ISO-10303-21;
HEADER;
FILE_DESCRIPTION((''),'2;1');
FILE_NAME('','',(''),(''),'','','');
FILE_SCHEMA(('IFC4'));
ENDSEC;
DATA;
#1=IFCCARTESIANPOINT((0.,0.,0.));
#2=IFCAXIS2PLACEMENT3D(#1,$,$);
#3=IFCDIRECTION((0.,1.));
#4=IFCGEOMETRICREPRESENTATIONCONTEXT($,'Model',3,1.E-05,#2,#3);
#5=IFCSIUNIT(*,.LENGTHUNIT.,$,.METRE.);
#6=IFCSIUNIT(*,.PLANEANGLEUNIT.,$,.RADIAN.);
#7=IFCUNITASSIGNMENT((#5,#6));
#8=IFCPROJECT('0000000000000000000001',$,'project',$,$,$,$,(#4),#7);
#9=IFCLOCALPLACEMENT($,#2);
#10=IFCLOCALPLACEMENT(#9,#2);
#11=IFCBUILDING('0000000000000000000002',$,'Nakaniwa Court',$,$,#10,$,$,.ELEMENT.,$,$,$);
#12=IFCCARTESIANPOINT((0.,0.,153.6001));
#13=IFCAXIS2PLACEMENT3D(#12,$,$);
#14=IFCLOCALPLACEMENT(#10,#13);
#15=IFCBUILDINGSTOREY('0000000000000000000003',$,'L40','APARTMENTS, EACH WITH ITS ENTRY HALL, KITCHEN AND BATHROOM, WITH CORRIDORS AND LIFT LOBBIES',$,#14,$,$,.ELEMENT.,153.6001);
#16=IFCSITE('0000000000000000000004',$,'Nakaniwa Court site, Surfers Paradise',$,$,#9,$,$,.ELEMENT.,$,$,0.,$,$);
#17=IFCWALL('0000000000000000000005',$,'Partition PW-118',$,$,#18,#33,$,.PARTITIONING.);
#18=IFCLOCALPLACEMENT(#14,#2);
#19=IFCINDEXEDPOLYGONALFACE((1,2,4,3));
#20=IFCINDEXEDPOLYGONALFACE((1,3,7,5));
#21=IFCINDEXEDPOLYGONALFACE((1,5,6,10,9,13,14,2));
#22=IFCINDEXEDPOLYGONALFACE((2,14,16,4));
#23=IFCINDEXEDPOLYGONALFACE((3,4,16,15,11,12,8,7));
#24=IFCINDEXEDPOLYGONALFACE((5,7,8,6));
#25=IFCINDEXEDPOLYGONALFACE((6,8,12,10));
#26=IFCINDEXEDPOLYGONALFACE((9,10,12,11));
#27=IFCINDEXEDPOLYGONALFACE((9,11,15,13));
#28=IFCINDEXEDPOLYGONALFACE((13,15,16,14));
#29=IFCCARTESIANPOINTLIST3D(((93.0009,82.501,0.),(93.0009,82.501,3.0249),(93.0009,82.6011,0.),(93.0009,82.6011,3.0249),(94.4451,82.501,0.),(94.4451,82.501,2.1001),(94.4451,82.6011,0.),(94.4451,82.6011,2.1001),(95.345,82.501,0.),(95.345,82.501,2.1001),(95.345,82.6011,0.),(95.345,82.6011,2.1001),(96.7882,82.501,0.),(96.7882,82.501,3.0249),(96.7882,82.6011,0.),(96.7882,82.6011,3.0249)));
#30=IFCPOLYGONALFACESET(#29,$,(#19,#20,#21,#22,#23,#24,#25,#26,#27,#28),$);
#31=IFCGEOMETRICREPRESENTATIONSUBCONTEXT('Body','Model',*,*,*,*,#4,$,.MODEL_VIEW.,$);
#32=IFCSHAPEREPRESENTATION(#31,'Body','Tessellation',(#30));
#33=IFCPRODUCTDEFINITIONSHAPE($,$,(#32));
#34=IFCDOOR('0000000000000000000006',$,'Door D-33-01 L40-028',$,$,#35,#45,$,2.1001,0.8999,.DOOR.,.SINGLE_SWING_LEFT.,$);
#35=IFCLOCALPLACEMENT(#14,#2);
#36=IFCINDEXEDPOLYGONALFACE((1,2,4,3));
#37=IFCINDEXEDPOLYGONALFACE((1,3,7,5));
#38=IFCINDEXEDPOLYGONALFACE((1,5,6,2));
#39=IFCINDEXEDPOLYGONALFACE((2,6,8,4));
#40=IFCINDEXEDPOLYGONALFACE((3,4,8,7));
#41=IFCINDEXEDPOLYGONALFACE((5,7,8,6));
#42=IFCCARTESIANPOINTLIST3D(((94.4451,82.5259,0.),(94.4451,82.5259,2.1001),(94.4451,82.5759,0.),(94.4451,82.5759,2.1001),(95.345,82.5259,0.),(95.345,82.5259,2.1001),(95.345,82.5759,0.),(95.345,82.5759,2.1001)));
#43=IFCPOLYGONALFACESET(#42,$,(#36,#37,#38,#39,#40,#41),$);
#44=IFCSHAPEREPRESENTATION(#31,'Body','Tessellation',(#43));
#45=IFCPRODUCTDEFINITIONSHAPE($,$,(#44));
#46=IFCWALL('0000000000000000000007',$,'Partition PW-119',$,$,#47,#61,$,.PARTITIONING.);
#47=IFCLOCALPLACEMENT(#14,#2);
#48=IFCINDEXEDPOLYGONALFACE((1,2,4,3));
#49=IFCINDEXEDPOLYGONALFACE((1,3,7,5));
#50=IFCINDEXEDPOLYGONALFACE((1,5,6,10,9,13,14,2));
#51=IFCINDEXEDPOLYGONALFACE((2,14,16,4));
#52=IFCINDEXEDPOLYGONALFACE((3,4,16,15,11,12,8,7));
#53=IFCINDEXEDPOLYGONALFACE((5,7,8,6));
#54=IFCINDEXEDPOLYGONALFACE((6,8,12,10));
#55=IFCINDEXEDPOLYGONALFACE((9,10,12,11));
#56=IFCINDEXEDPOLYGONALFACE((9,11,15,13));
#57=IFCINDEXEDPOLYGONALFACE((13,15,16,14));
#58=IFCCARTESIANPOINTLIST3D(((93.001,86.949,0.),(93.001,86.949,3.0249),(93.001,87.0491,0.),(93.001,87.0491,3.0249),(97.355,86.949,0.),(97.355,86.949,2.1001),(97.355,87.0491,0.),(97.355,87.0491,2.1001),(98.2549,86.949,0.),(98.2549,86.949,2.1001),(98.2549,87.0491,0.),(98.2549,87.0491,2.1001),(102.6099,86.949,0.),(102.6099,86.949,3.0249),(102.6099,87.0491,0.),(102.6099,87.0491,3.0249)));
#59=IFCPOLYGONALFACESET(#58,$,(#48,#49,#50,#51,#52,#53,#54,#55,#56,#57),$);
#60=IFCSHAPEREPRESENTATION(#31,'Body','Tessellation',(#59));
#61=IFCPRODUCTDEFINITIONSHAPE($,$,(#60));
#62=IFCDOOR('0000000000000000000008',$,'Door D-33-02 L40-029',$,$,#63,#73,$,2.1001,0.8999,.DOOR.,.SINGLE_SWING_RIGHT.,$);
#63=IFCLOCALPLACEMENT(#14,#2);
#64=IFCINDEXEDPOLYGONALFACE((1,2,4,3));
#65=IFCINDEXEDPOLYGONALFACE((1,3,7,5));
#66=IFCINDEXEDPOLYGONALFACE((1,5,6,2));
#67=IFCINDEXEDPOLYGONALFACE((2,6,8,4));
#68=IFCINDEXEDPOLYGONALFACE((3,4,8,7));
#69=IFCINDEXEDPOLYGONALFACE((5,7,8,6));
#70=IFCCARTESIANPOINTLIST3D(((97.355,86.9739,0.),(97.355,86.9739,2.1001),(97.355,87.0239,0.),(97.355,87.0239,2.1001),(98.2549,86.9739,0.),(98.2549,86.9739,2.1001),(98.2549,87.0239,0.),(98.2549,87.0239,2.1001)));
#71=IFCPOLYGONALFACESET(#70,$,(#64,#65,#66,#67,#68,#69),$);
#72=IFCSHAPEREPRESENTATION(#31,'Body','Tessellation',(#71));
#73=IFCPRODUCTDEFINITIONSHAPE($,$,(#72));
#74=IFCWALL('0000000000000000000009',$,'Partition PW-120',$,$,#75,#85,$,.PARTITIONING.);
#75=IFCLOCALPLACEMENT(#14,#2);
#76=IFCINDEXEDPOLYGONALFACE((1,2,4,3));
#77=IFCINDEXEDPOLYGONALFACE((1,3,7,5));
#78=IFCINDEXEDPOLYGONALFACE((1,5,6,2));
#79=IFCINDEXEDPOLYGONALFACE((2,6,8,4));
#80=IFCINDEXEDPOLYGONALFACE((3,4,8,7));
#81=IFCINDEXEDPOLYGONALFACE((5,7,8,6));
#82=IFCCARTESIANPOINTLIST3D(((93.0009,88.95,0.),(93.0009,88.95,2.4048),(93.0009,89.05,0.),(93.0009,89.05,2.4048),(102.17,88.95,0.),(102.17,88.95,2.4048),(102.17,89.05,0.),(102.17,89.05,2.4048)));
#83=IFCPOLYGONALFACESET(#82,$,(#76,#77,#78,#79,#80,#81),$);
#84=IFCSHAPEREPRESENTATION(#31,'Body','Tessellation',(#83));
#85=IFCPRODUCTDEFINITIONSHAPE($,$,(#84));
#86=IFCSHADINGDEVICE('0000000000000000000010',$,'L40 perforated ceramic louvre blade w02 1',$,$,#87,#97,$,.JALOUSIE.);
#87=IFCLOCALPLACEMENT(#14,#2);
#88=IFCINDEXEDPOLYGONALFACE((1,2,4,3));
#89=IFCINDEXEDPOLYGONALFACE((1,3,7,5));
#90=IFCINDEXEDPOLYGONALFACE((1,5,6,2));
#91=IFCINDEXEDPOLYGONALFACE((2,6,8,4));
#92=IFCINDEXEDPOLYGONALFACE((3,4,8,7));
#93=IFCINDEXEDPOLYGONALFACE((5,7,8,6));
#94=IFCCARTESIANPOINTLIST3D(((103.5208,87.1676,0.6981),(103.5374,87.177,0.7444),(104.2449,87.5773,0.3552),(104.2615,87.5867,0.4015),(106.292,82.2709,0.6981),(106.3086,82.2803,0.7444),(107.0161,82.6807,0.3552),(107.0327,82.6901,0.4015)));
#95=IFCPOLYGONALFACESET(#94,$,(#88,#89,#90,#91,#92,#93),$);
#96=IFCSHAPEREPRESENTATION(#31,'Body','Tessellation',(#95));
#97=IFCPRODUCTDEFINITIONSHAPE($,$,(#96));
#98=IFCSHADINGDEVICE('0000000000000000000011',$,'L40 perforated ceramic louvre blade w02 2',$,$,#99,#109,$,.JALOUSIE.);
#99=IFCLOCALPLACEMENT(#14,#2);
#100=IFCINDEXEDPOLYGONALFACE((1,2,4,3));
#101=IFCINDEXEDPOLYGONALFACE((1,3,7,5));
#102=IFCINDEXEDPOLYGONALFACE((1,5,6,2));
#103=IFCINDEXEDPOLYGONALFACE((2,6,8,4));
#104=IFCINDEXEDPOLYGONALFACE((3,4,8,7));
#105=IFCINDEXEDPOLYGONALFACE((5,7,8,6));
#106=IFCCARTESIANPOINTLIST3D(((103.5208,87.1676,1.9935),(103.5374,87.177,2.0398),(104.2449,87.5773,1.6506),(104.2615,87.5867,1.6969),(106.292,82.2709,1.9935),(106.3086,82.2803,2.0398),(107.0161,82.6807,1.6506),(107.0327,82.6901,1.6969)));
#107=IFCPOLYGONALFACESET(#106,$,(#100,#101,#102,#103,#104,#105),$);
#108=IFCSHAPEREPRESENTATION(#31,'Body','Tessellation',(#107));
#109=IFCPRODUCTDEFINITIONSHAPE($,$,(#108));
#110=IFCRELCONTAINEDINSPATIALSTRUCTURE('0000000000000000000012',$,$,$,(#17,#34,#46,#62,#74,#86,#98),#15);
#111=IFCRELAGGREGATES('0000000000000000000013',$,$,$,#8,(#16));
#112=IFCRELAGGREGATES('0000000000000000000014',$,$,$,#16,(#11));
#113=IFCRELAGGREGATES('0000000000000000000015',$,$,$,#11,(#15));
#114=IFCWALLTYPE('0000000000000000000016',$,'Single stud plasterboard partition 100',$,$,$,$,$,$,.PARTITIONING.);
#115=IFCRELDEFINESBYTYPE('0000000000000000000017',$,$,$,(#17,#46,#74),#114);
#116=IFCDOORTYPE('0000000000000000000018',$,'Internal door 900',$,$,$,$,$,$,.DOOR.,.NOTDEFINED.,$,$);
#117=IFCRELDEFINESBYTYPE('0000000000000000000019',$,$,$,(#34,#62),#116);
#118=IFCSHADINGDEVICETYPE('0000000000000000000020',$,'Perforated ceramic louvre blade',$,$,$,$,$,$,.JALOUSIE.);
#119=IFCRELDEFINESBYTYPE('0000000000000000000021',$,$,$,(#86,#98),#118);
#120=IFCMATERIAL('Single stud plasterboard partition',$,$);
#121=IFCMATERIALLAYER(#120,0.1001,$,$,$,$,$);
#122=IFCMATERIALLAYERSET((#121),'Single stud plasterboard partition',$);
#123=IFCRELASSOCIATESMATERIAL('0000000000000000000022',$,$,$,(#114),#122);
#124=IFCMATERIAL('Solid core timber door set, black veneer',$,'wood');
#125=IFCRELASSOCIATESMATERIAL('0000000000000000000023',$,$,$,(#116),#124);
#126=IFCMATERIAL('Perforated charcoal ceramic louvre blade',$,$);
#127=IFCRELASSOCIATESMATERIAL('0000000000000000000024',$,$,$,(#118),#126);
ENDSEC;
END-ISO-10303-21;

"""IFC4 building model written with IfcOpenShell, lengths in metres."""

from ifc_helpers import new_model, si_unit, direction, frame, frame_2d, origin, origin_2d, place, context, subcontext, project, spatial, rectangle, extrude, material, layer, layer_set, material_profile, profile_set, type_object, element, fill, save


model = new_model("IFC4")

# Units and contexts
model_context = context("Model", 3, precision=1e-05, world=origin(), true_north=direction((0.0, 1.0)))
body_context = subcontext(model_context, "Body", "Model", "MODEL_VIEW")
ifc_project = project(units=[si_unit("LENGTHUNIT", "METRE"), si_unit("PLANEANGLEUNIT", "RADIAN")], contexts=[model_context])

# Site, building, storey
site_placement = place(None, origin())
site = spatial("IfcSite", under=ifc_project, at=site_placement, Name="Nakaniwa Court site, Surfers Paradise", CompositionType="ELEMENT", RefElevation=0.0)
building_placement = place(site_placement, origin())
building = spatial("IfcBuilding", under=site, at=building_placement, Name="Nakaniwa Court", CompositionType="ELEMENT")
storey_placement = place(building_placement, frame((0.0, 0.0, 153.6001)))
storey = spatial("IfcBuildingStorey", under=building, at=storey_placement, Name="L40", Description="APARTMENTS, EACH WITH ITS ENTRY HALL, KITCHEN AND BATHROOM, WITH CORRIDORS AND LIFT LOBBIES", CompositionType="ELEMENT", Elevation=153.6001)

# Shared definitions
ifc_material_1 = material(Name="Solid core timber door set, black veneer", Category="wood")

# Walls, openings, doors
ifc_material_2 = material(Name="Single stud plasterboard partition")
ifc_layer_1 = layer(ifc_material_2, 0.1001)
ifc_layer_set_1 = layer_set([ifc_layer_1], Name="Single stud plasterboard partition")
wall_type_1 = type_object("IfcWallType", Name="Single stud plasterboard partition 100", PredefinedType="PARTITIONING", material=ifc_layer_set_1)
wall_1_placement = place(storey_placement, frame((93.001, 82.551, 0.0), z_axis=(0.0, 0.0, 1.0), x_axis=(1.0, 0.0, 0.0)))
wall_1 = element("IfcWall", 1, at=wall_1_placement, inside=storey, type_object=wall_type_1, Name="Partition PW-118", PredefinedType="PARTITIONING", context=body_context, shape_type="SweptSolid", body=[
    extrude(rectangle(XDim=3.7874, YDim=0.1001, at=frame_2d((1.8936, 0.0))), origin(), (0.0, 0.0, 1.0), 3.0249),
])
opening_1_placement = place(wall_1_placement, frame((1.4441, 0.0, 0.0)))
opening_1 = element("IfcOpeningElement", 2, at=opening_1_placement, cuts=wall_1, PredefinedType="OPENING", context=body_context, shape_type="SweptSolid", body=[
    extrude(rectangle(XDim=0.8999, YDim=2.1001, at=frame_2d((0.45, 1.05))), frame((0.0, 0.0601, 0.0), z_axis=(0.0, -1.0, 0.0), x_axis=(1.0, 0.0, 0.0)), (0.0, 0.0, 1.0), 0.1201),
])
door_type_1 = type_object("IfcDoorType", Name="Internal door 900", OperationType="NOTDEFINED", PredefinedType="DOOR", material=ifc_material_1)
door_1_placement = place(opening_1_placement, origin())
door_1 = element("IfcDoor", 3, at=door_1_placement, inside=storey, type_object=door_type_1, Name="Door D-33-01 L40-028", OperationType="SINGLE_SWING_LEFT", OverallHeight=2.1001, OverallWidth=0.8999, PredefinedType="DOOR", context=body_context, shape_type="SweptSolid", body=[
    extrude(rectangle(XDim=0.8999, YDim=2.1001, at=frame_2d((0.45, 1.05))), frame((0.0, 0.0249, 0.0), z_axis=(0.0, -1.0, 0.0), x_axis=(1.0, 0.0, 0.0)), (0.0, 0.0, 1.0), 0.05),
])
fill(opening_1, door_1)
wall_2_placement = place(storey_placement, frame((93.001, 86.999, 0.0), z_axis=(0.0, 0.0, 1.0), x_axis=(1.0, 0.0, 0.0)))
wall_2 = element("IfcWall", 4, at=wall_2_placement, inside=storey, type_object=wall_type_1, Name="Partition PW-119", PredefinedType="PARTITIONING", context=body_context, shape_type="SweptSolid", body=[
    extrude(rectangle(XDim=9.6089, YDim=0.1001, at=frame_2d((4.8044, 0.0))), origin(), (0.0, 0.0, 1.0), 3.0249),
])
opening_2_placement = place(wall_2_placement, frame((4.354, 0.0, 0.0)))
opening_2 = element("IfcOpeningElement", 5, at=opening_2_placement, cuts=wall_2, PredefinedType="OPENING", context=body_context, shape_type="SweptSolid", body=[
    extrude(rectangle(XDim=0.8999, YDim=2.1001, at=frame_2d((0.45, 1.05))), frame((0.0, 0.0601, 0.0), z_axis=(0.0, -1.0, 0.0), x_axis=(1.0, 0.0, 0.0)), (0.0, 0.0, 1.0), 0.1201),
])
door_2_placement = place(opening_2_placement, origin())
door_2 = element("IfcDoor", 6, at=door_2_placement, inside=storey, type_object=door_type_1, Name="Door D-33-02 L40-029", OperationType="SINGLE_SWING_RIGHT", OverallHeight=2.1001, OverallWidth=0.8999, PredefinedType="DOOR", context=body_context, shape_type="SweptSolid", body=[
    extrude(rectangle(XDim=0.8999, YDim=2.1001, at=frame_2d((0.45, 1.05))), frame((0.0, 0.0249, 0.0), z_axis=(0.0, -1.0, 0.0), x_axis=(1.0, 0.0, 0.0)), (0.0, 0.0, 1.0), 0.05),
])
fill(opening_2, door_2)

# Wall
wall_3_placement = place(storey_placement, frame((93.001, 89.0, 0.0), z_axis=(0.0, 0.0, 1.0), x_axis=(1.0, 0.0, 0.0)))
element("IfcWall", 7, at=wall_3_placement, inside=storey, type_object=wall_type_1, Name="Partition PW-120", PredefinedType="PARTITIONING", context=body_context, shape_type="SweptSolid", body=[
    extrude(rectangle(XDim=9.1692, YDim=0.1001, at=frame_2d((4.5845, 0.0))), origin(), (0.0, 0.0, 1.0), 2.4048),
])

# Shading devices
ifc_material_3 = material(Name="Perforated charcoal ceramic louvre blade")
ifc_material_profile_1 = material_profile(ifc_material_3, rectangle(XDim=0.8999, YDim=0.05, at=origin_2d()), Name="Perforated ceramic louvre blade")
ifc_profile_set_1 = profile_set([ifc_material_profile_1], Name="Perforated charcoal ceramic louvre blade")
shading_device_type = type_object("IfcShadingDeviceType", Name="Perforated ceramic louvre blade", PredefinedType="JALOUSIE", material=ifc_profile_set_1)
for number, where, z_axis, x_axis, name in (
    (8, (106.6624, 82.4805, 0.5498), (-0.492532, 0.870294, 0.0), (-0.804627, -0.455368, 0.38107), "L40 perforated ceramic louvre blade w02 1"),
    (9, (106.6624, 82.4805, 1.8452), (-0.492532, 0.870294, 0.0), (-0.804627, -0.455368, 0.38107), "L40 perforated ceramic louvre blade w02 2"),
):
    element("IfcShadingDevice", number, at=place(storey_placement, frame(where, z_axis=z_axis, x_axis=x_axis)), inside=storey, type_object=shading_device_type, Name=name, PredefinedType="JALOUSIE", context=body_context, shape_type="SweptSolid", body=[
        extrude(rectangle(XDim=0.8999, YDim=0.05, at=origin_2d()), origin(), (0.0, 0.0, 1.0), 5.6265),
    ])

save(model, "model.ifc")
